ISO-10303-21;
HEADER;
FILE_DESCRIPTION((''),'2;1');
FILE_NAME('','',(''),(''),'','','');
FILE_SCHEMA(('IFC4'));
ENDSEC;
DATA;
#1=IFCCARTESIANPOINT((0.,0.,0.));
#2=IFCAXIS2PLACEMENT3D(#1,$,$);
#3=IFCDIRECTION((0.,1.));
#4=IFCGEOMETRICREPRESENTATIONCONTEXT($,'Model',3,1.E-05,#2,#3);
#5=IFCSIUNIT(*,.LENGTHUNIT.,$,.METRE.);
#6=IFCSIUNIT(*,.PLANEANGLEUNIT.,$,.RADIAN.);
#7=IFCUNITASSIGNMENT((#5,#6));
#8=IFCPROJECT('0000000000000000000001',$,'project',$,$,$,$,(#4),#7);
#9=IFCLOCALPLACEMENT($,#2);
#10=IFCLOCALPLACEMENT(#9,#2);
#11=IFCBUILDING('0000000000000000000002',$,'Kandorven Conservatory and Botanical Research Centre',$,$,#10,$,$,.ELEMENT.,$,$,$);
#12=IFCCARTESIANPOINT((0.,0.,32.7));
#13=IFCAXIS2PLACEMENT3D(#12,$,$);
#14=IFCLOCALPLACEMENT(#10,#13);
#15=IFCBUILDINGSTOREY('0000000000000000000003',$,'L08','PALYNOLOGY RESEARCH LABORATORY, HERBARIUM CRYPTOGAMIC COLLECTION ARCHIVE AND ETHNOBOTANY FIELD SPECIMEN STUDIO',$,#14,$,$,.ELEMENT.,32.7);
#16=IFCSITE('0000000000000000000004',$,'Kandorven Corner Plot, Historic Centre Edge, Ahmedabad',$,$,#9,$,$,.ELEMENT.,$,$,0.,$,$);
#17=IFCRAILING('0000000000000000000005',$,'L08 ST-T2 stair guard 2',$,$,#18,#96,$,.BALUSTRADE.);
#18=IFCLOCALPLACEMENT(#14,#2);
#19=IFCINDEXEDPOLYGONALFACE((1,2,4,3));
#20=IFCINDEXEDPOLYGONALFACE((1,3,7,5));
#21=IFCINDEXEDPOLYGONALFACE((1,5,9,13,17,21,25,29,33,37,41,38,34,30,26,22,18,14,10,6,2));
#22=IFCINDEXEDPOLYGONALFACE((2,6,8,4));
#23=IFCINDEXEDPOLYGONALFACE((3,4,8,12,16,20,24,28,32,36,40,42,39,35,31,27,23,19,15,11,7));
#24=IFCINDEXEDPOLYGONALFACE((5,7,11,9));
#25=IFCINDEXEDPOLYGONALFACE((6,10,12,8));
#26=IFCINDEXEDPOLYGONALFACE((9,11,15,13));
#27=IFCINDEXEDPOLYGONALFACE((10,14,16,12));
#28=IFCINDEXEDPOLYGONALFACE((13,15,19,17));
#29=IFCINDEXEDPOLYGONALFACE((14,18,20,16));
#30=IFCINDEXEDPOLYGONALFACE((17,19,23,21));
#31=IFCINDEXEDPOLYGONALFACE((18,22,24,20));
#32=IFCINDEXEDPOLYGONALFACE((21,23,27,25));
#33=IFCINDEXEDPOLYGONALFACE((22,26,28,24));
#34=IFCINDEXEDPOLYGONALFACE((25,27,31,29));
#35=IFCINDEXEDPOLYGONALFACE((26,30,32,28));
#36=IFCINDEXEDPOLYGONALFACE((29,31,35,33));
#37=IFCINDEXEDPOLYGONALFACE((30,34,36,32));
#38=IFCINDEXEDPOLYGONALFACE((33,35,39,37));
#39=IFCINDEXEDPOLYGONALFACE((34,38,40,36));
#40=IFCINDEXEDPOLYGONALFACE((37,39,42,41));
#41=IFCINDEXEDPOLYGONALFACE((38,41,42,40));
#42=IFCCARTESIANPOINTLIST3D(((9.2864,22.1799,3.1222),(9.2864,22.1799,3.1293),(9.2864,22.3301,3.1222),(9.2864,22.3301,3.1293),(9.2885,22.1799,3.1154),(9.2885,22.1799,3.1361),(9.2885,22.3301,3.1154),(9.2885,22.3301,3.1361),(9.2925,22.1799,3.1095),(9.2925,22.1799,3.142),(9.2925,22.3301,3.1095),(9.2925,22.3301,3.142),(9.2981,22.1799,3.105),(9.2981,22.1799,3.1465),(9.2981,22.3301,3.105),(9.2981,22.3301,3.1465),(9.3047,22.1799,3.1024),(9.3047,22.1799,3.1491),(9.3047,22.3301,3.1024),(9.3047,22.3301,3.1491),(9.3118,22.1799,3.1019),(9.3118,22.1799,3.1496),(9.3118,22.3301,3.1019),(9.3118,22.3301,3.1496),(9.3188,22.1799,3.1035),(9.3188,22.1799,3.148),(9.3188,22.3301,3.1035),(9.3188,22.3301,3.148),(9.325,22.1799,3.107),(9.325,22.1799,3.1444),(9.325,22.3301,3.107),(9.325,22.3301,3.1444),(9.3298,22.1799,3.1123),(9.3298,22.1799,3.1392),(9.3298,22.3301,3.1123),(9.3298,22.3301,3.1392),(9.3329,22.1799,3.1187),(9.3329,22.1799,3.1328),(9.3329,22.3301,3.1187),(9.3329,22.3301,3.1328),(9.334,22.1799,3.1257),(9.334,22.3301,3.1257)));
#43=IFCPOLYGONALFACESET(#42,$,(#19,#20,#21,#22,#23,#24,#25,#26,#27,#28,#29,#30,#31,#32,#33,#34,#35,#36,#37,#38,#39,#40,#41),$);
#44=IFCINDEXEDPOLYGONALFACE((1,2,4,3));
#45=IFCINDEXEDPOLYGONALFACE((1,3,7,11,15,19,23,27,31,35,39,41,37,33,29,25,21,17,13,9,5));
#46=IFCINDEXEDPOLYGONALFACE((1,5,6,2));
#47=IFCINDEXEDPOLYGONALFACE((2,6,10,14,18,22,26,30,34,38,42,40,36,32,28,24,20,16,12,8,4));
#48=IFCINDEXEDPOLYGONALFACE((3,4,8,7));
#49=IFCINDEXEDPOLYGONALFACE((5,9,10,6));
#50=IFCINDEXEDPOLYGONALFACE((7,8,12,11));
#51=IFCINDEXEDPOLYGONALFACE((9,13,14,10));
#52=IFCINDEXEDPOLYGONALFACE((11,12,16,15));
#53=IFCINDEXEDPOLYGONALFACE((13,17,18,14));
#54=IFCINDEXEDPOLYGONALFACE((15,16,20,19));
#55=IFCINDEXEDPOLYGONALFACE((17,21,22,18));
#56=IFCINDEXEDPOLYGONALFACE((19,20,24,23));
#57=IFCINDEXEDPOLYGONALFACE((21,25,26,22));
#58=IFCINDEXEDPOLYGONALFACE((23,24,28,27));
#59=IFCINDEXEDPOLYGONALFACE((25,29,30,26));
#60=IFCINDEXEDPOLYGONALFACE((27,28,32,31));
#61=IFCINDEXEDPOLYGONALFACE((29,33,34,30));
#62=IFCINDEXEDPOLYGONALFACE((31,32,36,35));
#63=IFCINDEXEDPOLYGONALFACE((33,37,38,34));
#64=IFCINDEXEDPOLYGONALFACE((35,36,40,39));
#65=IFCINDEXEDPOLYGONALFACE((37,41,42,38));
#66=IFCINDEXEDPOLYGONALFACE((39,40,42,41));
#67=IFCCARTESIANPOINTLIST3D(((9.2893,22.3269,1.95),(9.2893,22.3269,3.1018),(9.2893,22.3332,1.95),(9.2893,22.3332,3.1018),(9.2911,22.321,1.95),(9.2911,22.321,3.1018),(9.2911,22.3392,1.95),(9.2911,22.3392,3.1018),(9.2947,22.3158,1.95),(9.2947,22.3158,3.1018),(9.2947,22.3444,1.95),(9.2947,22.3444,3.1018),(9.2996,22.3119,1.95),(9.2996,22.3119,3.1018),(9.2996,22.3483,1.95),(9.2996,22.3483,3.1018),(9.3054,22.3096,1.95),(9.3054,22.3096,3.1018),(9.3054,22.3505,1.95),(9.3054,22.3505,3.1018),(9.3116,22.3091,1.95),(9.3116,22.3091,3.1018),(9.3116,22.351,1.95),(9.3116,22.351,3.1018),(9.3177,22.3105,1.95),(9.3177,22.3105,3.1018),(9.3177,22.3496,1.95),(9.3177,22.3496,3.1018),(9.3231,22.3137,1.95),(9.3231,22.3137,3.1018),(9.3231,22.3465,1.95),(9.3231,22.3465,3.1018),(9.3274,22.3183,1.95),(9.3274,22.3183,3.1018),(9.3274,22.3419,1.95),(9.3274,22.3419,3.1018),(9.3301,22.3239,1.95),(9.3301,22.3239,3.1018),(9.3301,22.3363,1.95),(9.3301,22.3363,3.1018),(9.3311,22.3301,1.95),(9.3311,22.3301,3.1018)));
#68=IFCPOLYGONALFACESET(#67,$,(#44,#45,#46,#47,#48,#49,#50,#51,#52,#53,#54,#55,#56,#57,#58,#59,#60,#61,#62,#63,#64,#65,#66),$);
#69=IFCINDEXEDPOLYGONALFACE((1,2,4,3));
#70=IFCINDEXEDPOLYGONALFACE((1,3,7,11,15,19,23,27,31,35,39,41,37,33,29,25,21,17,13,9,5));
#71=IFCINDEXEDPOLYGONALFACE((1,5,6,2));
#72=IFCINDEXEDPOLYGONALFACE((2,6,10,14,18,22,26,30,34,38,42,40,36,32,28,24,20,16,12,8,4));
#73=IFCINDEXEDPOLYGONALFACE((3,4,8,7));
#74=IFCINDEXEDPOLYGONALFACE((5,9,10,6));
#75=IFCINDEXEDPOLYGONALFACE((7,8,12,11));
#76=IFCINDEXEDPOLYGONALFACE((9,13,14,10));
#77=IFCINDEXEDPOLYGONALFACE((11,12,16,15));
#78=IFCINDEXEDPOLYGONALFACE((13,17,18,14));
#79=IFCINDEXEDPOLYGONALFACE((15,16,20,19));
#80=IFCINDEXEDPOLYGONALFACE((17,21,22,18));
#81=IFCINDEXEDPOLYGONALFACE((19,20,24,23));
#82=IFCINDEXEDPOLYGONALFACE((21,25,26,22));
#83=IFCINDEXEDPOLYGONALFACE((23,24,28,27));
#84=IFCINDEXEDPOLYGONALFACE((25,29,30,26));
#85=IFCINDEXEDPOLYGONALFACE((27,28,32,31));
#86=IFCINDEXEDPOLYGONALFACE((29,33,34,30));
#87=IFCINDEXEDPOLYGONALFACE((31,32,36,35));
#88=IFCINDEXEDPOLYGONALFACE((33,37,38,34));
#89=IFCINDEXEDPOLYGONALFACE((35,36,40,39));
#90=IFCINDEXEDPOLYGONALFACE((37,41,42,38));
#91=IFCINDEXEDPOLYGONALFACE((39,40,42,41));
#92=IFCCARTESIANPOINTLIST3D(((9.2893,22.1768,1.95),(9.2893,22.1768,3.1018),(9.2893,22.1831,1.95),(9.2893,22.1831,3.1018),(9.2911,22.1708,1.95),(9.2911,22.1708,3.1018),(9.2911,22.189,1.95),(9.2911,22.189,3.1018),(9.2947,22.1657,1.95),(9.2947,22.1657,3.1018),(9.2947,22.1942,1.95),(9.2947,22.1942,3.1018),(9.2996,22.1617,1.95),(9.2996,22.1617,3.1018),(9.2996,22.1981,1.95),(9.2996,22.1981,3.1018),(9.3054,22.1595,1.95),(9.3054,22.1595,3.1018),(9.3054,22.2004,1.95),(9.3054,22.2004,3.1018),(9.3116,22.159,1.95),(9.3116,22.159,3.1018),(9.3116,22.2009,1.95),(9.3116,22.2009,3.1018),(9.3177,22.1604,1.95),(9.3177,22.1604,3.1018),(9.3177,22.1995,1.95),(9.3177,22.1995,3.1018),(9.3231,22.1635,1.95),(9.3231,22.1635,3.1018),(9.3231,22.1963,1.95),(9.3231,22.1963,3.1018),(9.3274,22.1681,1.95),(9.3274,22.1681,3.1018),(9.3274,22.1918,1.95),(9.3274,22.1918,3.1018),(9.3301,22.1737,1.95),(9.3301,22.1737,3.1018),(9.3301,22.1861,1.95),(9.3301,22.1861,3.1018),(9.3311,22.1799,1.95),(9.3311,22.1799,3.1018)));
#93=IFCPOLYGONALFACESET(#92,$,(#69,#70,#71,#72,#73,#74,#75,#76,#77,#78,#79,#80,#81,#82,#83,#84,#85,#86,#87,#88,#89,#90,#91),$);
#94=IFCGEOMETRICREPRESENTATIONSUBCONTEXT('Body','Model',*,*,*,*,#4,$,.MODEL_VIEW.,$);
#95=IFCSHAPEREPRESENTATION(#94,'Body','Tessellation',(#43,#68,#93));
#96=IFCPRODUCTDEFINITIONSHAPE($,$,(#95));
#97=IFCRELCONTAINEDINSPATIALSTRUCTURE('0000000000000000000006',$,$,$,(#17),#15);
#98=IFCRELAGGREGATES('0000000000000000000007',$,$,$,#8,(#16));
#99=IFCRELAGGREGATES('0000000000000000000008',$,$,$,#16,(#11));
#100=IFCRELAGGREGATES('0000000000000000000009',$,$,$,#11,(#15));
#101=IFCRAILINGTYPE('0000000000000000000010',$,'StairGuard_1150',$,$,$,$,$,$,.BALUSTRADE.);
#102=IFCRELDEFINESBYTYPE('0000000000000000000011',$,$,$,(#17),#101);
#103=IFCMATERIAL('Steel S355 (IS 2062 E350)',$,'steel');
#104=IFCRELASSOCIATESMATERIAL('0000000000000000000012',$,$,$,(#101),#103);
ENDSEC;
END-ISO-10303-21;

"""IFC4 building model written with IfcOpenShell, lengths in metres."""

from ifc_helpers import new_model, si_unit, direction, frame, origin, origin_2d, place, context, subcontext, project, spatial, circle, extrude, material, type_object, element, save


model = new_model("IFC4")

# Units and contexts
model_context = context("Model", 3, precision=1e-05, world=origin(), true_north=direction((0.0, 1.0)))
body_context = subcontext(model_context, "Body", "Model", "MODEL_VIEW")
ifc_project = project(units=[si_unit("LENGTHUNIT", "METRE"), si_unit("PLANEANGLEUNIT", "RADIAN")], contexts=[model_context])

# Site, building, storey
site_placement = place(None, origin())
site = spatial("IfcSite", under=ifc_project, at=site_placement, Name="Kandorven Corner Plot, Historic Centre Edge, Ahmedabad", CompositionType="ELEMENT", RefElevation=0.0)
building_placement = place(site_placement, origin())
building = spatial("IfcBuilding", under=site, at=building_placement, Name="Kandorven Conservatory and Botanical Research Centre", CompositionType="ELEMENT")
storey_placement = place(building_placement, frame((0.0, 0.0, 32.7)))
storey = spatial("IfcBuildingStorey", under=building, at=storey_placement, Name="L08", Description="PALYNOLOGY RESEARCH LABORATORY, HERBARIUM CRYPTOGAMIC COLLECTION ARCHIVE AND ETHNOBOTANY FIELD SPECIMEN STUDIO", CompositionType="ELEMENT", Elevation=32.7)

# Railing
ifc_material_1 = material(Name="Steel S355 (IS 2062 E350)", Category="steel")
railing_type_1 = type_object("IfcRailingType", Name="StairGuard_1150", PredefinedType="BALUSTRADE", material=ifc_material_1)
railing_1_placement = place(storey_placement, frame((9.3101, 22.3301, 1.95)))
element("IfcRailing", 1, at=railing_1_placement, inside=storey, type_object=railing_type_1, Name="L08 ST-T2 stair guard 2", PredefinedType="BALUSTRADE", context=body_context, shape_type="SweptSolid", body=[
    extrude(circle(Radius=0.0239, at=origin_2d()), frame((0.0, 0.0, 1.1758), z_axis=(0.0, -1.0, 0.0), x_axis=(1.0, 0.0, 0.0)), (0.0, 0.0, 1.0), 0.1501),
    extrude(circle(Radius=0.021, at=origin_2d()), origin(), (0.0, 0.0, 1.0), 1.1519),
    extrude(circle(Radius=0.021, at=origin_2d()), frame((0.0, -0.1501, 0.0)), (0.0, 0.0, 1.0), 1.1519),
])

save(model, "model.ifc")
